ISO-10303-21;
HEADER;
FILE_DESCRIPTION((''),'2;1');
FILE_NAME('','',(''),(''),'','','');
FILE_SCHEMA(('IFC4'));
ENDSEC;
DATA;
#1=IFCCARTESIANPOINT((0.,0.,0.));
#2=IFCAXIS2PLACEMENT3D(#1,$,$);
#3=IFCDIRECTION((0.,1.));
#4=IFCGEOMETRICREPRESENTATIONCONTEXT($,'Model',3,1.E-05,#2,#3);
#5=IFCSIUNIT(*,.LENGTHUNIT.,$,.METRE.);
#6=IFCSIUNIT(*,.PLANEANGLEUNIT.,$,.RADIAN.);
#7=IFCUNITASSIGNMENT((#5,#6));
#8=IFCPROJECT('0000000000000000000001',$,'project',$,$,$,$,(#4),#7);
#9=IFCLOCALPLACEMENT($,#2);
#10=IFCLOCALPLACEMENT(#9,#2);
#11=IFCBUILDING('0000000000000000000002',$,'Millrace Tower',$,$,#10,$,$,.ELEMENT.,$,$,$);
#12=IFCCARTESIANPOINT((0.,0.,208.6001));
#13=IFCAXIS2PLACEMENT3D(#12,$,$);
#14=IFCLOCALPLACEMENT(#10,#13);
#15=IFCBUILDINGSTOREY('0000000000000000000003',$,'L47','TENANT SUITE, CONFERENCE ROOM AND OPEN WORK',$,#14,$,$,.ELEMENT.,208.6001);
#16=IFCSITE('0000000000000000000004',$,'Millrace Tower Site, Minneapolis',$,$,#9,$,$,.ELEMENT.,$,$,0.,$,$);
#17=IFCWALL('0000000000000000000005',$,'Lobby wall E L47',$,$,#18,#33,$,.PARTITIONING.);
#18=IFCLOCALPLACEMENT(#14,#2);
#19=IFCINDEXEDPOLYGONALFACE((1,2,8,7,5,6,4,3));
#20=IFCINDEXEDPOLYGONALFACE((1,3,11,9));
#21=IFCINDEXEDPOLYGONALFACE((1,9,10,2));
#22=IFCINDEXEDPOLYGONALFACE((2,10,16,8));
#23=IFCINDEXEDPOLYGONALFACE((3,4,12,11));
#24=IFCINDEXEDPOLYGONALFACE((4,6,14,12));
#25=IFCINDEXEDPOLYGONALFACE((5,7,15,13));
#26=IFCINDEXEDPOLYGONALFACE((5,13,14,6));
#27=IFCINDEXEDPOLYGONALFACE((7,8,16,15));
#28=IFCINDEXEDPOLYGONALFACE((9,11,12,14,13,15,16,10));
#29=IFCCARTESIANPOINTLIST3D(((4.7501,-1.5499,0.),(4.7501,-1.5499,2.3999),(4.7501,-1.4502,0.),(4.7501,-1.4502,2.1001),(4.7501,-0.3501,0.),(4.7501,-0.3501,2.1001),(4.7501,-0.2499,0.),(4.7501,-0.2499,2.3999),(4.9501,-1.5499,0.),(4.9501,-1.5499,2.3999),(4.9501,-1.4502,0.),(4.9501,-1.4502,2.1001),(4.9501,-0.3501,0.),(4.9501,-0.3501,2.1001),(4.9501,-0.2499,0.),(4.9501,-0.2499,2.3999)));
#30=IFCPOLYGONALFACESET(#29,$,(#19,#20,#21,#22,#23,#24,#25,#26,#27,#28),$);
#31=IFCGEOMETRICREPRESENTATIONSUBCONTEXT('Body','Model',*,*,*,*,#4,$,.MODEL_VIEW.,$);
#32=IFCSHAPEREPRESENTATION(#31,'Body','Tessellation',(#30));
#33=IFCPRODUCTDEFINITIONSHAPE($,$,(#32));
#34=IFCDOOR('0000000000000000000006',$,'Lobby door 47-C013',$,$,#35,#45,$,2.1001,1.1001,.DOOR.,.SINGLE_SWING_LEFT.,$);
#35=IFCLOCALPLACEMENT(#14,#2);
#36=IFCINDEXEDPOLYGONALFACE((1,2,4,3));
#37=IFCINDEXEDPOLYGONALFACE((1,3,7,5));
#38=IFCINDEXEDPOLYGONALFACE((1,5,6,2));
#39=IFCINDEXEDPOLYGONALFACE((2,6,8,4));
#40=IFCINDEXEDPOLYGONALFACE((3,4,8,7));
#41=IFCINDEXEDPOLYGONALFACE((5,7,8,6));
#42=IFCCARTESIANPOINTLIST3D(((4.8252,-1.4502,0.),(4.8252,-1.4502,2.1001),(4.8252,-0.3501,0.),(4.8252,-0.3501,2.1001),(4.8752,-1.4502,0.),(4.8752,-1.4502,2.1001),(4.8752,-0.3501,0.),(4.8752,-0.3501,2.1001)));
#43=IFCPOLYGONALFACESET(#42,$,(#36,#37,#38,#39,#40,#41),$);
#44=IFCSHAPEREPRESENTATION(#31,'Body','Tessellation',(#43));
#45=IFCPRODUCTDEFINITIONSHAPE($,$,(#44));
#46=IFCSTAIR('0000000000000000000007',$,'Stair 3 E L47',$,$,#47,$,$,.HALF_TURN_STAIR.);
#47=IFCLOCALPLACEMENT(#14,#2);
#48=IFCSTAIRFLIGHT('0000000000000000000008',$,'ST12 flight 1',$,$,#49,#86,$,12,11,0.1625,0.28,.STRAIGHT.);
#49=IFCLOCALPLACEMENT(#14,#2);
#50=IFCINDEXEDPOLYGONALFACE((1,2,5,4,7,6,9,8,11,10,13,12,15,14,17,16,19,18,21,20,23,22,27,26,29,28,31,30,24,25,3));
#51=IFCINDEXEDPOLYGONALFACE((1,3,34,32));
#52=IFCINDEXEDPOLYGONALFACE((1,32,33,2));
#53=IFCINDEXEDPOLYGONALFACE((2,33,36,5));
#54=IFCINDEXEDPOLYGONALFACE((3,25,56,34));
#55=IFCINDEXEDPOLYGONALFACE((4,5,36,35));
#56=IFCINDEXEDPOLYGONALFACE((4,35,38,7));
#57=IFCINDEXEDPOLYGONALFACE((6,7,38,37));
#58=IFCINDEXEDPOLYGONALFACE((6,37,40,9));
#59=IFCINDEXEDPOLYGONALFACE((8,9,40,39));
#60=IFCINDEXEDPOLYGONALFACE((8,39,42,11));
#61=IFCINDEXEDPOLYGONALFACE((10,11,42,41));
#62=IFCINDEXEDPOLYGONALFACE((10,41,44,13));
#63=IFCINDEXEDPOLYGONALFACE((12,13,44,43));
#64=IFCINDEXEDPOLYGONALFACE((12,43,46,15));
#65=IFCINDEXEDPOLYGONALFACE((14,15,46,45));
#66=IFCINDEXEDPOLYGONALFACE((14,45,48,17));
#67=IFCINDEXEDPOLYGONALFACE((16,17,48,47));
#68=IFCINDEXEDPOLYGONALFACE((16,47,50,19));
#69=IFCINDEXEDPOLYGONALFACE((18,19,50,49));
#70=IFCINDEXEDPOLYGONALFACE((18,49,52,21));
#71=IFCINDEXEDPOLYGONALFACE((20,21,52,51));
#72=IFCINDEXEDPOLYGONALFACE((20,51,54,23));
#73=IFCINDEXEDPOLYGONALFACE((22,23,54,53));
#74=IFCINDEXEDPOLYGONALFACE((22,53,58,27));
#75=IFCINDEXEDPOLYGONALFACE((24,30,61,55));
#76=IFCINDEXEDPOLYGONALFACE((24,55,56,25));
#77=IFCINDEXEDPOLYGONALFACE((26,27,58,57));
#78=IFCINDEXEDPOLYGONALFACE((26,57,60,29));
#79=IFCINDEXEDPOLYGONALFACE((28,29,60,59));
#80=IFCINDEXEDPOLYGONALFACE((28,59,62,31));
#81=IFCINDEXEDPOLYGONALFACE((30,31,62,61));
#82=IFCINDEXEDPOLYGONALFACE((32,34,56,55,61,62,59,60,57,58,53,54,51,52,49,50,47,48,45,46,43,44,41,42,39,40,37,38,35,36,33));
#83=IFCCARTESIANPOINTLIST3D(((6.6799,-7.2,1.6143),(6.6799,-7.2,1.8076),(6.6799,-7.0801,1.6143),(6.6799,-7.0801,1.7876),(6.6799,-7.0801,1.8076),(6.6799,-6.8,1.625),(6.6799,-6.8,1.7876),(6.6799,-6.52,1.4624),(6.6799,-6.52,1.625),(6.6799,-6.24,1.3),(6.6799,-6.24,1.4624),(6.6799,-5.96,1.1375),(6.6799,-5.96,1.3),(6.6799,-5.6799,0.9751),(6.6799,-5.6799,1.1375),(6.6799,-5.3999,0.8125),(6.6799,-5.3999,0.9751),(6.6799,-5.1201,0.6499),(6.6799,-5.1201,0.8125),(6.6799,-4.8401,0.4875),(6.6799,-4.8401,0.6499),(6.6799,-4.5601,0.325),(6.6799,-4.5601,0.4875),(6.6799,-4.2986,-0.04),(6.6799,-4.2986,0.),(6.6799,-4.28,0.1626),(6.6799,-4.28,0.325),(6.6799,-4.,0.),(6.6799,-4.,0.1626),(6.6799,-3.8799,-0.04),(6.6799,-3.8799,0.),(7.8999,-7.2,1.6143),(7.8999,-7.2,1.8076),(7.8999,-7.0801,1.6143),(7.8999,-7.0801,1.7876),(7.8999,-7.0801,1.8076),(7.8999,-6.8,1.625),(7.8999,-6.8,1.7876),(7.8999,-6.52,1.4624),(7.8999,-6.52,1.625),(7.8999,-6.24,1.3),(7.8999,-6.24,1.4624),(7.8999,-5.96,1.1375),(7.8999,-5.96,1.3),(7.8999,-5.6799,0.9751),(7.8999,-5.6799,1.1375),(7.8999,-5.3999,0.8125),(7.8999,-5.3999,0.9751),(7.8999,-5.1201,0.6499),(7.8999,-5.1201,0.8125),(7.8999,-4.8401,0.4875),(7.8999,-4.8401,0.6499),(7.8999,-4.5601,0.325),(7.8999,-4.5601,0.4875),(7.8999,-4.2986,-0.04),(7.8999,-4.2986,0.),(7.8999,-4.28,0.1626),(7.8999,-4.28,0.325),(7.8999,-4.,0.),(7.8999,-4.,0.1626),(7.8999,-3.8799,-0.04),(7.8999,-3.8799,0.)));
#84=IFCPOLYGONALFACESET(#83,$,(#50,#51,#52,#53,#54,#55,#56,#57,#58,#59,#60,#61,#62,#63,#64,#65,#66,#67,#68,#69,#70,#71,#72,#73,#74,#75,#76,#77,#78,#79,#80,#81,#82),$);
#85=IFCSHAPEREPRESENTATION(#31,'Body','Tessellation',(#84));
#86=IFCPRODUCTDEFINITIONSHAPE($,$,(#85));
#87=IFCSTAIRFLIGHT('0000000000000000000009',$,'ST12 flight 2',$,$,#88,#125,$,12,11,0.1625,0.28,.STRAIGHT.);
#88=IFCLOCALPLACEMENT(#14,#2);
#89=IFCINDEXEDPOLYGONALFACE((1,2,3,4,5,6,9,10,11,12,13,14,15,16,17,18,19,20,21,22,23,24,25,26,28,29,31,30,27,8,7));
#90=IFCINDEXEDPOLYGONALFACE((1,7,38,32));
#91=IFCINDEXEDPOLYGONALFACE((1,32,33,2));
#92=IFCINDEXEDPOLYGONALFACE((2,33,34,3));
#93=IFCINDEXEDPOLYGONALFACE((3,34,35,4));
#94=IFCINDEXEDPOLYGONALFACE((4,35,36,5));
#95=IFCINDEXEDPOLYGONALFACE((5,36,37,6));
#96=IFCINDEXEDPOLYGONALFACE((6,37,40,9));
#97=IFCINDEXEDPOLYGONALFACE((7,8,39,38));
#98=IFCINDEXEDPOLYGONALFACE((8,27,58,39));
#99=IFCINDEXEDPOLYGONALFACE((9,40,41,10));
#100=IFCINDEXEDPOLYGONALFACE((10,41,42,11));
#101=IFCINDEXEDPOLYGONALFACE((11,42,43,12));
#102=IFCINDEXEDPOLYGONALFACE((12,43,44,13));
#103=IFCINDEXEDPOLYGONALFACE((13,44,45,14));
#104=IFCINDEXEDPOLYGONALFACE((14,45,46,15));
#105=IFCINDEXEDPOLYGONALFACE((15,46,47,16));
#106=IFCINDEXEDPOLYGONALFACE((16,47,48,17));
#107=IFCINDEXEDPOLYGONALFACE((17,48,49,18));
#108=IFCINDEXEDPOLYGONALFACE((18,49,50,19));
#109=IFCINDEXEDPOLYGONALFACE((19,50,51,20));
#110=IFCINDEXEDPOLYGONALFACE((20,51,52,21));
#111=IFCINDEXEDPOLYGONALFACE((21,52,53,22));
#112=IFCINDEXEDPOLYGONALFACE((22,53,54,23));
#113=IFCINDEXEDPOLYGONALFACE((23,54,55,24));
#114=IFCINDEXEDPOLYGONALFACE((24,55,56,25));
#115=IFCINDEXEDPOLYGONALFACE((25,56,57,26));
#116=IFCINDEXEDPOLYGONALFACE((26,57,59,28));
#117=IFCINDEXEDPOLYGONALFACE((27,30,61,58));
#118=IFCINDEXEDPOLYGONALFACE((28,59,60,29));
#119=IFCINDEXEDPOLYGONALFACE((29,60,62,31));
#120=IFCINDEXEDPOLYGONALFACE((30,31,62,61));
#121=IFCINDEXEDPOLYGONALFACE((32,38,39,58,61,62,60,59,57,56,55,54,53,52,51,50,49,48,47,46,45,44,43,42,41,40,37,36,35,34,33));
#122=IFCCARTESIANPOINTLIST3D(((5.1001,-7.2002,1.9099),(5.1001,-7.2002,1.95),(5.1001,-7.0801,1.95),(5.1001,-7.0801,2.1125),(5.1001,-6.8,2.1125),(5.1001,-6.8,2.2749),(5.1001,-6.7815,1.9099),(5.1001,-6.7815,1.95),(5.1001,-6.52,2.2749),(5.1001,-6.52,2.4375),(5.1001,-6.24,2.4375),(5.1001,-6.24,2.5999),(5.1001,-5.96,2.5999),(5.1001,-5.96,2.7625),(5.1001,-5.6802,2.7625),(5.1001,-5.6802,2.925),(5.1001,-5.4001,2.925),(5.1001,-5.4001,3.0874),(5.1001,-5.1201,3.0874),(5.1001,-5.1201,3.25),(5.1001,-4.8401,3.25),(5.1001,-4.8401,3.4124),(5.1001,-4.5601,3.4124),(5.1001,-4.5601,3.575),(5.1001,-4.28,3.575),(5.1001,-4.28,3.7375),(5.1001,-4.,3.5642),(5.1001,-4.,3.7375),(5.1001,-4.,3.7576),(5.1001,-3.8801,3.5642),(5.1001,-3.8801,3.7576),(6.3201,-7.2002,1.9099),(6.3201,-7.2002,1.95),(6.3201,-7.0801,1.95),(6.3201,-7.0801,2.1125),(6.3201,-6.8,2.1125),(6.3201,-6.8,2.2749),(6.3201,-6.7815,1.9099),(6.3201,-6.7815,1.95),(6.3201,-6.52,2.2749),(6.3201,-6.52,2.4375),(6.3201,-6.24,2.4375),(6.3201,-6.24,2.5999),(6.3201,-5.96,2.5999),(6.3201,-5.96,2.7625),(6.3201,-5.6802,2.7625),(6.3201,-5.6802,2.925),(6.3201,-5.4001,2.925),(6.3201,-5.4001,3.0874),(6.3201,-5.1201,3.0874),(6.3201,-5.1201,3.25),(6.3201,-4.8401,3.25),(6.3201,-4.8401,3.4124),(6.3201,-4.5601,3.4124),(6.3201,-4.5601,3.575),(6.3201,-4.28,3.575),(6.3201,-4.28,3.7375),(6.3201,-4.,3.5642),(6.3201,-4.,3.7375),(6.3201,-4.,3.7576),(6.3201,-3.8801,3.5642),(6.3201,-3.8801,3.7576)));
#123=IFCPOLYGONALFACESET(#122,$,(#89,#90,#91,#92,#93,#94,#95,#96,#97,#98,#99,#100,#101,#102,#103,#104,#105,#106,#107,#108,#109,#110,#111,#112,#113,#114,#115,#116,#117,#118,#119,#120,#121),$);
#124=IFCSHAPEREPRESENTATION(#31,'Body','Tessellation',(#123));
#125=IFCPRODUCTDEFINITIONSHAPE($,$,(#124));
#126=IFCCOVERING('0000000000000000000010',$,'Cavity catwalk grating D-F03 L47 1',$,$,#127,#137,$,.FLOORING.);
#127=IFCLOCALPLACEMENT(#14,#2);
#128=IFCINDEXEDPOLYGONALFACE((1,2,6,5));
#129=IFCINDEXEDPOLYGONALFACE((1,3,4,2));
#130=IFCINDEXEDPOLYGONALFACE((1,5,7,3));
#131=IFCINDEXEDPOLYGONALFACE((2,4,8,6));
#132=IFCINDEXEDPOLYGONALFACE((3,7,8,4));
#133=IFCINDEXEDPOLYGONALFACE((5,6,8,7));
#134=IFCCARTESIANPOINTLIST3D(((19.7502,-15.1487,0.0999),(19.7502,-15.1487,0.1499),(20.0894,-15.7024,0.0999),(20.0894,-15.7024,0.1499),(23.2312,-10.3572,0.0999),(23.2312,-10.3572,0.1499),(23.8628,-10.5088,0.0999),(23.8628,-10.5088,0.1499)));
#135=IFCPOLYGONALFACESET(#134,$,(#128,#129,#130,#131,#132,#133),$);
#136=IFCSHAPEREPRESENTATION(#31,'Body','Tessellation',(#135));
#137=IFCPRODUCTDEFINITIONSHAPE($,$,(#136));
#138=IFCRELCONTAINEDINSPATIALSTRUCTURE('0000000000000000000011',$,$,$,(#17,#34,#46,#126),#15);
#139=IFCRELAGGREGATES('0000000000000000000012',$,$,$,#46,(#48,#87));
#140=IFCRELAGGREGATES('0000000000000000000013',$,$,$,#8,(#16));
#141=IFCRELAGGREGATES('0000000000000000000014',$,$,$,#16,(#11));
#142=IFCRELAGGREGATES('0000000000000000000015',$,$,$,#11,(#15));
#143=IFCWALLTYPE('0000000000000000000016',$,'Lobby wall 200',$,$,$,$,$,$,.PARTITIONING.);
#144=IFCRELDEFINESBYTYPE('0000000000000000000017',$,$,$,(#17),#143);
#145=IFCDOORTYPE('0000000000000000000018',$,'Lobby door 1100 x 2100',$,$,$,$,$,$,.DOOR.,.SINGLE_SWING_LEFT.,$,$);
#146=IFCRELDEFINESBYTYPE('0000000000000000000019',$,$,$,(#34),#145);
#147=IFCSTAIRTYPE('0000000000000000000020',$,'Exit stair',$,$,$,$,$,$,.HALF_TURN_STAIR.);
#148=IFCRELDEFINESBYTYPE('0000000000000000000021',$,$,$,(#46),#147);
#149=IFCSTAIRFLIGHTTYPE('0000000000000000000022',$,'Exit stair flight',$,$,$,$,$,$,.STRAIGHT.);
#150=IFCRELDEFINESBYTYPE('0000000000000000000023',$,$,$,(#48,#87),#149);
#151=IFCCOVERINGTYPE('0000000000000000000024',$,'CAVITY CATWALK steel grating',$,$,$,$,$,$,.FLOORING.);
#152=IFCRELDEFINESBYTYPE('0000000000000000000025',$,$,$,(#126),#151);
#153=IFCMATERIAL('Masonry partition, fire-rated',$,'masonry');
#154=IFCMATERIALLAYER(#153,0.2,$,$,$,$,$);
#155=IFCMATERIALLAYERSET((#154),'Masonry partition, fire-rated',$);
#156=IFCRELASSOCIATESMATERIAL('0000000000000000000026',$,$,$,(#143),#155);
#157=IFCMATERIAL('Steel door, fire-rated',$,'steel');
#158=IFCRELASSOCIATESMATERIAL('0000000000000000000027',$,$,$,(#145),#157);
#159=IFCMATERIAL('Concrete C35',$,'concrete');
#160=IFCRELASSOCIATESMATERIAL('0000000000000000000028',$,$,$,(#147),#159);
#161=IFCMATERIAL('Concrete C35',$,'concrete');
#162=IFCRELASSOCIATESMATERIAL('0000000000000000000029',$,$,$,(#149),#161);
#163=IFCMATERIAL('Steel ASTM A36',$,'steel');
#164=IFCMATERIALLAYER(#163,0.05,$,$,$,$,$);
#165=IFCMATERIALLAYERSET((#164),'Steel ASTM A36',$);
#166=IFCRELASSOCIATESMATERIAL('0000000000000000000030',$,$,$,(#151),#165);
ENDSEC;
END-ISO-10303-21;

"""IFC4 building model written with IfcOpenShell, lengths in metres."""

from ifc_helpers import new_model, si_unit, direction, frame, frame_2d, origin, place, context, subcontext, project, spatial, polyline, rectangle, outline, extrude, material, layer, layer_set, type_object, element, fill, aggregate, save


model = new_model("IFC4")

# Units and contexts
model_context = context("Model", 3, precision=1e-05, world=origin(), true_north=direction((0.0, 1.0)))
body_context = subcontext(model_context, "Body", "Model", "MODEL_VIEW")
ifc_project = project(units=[si_unit("LENGTHUNIT", "METRE"), si_unit("PLANEANGLEUNIT", "RADIAN")], contexts=[model_context])

# Site, building, storey
site_placement = place(None, origin())
site = spatial("IfcSite", under=ifc_project, at=site_placement, Name="Millrace Tower Site, Minneapolis", CompositionType="ELEMENT", RefElevation=0.0)
building_placement = place(site_placement, origin())
building = spatial("IfcBuilding", under=site, at=building_placement, Name="Millrace Tower", CompositionType="ELEMENT")
storey_placement = place(building_placement, frame((0.0, 0.0, 208.6001)))
storey = spatial("IfcBuildingStorey", under=building, at=storey_placement, Name="L47", Description="TENANT SUITE, CONFERENCE ROOM AND OPEN WORK", CompositionType="ELEMENT", Elevation=208.6001)

# Shared definitions
placement_1 = place(storey_placement, origin())

# Wall, opening, door
ifc_material_1 = material(Name="Masonry partition, fire-rated", Category="masonry")
ifc_layer_1 = layer(ifc_material_1, 0.2)
ifc_layer_set_1 = layer_set([ifc_layer_1], Name="Masonry partition, fire-rated")
wall_type_1 = type_object("IfcWallType", Name="Lobby wall 200", PredefinedType="PARTITIONING", material=ifc_layer_set_1)
wall_1_placement = place(storey_placement, frame((4.8501, -0.25, 0.0), z_axis=(0.0, 0.0, 1.0), x_axis=(0.0, -1.0, 0.0)))
wall_1 = element("IfcWall", 1, at=wall_1_placement, inside=storey, type_object=wall_type_1, Name="Lobby wall E L47", PredefinedType="PARTITIONING", context=body_context, shape_type="SweptSolid", body=[
    extrude(rectangle(XDim=1.3, YDim=0.2, at=frame_2d((0.6499, 0.0))), origin(), (0.0, 0.0, 1.0), 2.3999),
])
opening_placement = place(wall_1_placement, frame((0.1001, 0.0, 0.0)))
opening = element("IfcOpeningElement", 2, at=opening_placement, cuts=wall_1, PredefinedType="OPENING", context=body_context, shape_type="SweptSolid", body=[
    extrude(rectangle(XDim=1.1001, YDim=2.1001, at=frame_2d((0.55, 1.05))), frame((0.0, 0.1099, 0.0), z_axis=(0.0, -1.0, 0.0), x_axis=(1.0, 0.0, 0.0)), (0.0, 0.0, 1.0), 0.22),
])
ifc_material_2 = material(Name="Steel door, fire-rated", Category="steel")
door_type = type_object("IfcDoorType", Name="Lobby door 1100 x 2100", OperationType="SINGLE_SWING_LEFT", PredefinedType="DOOR", material=ifc_material_2)
door_placement = place(opening_placement, frame((1.1001, 0.0, 0.0), z_axis=(0.0, 0.0, 1.0), x_axis=(-1.0, 0.0, 0.0)))
door = element("IfcDoor", 3, at=door_placement, inside=storey, type_object=door_type, Name="Lobby door 47-C013", OperationType="SINGLE_SWING_LEFT", OverallHeight=2.1001, OverallWidth=1.1001, PredefinedType="DOOR", context=body_context, shape_type="SweptSolid", body=[
    extrude(rectangle(XDim=1.1001, YDim=2.1001, at=frame_2d((0.55, 1.05))), frame((0.0, 0.0249, 0.0), z_axis=(0.0, -1.0, 0.0), x_axis=(1.0, 0.0, 0.0)), (0.0, 0.0, 1.0), 0.05),
])
fill(opening, door)

# Stair, stair flights
ifc_material_3 = material(Name="Concrete C35", Category="concrete")
stair_type = type_object("IfcStairType", Name="Exit stair", PredefinedType="HALF_TURN_STAIR", material=ifc_material_3)
stair = element("IfcStair", 4, at=placement_1, inside=storey, type_object=stair_type, Name="Stair 3 E L47", PredefinedType="HALF_TURN_STAIR")
ifc_material_4 = material(Name="Concrete C35", Category="concrete")
stair_flight_type = type_object("IfcStairFlightType", Name="Exit stair flight", PredefinedType="STRAIGHT", material=ifc_material_4)
stair_flight_1_placement = place(storey_placement, frame((7.29, -4.0, 0.0), z_axis=(0.0, 0.0, 1.0), x_axis=(0.0, -1.0, 0.0)))
stair_flight_1 = element("IfcStairFlight", 5, at=stair_flight_1_placement, type_object=stair_flight_type, Name="ST12 flight 1", NumberOfRisers=12, NumberOfTreads=11, PredefinedType="STRAIGHT", RiserHeight=0.1625, TreadLength=0.28, context=body_context, shape_type="SweptSolid", body=[
    extrude(outline(polyline([(-0.1201, -0.04), (-0.1201, 0.0), (0.0, 0.0), (0.0, 0.1626), (0.28, 0.1626), (0.28, 0.325), (0.5601, 0.325), (0.5601, 0.4875), (0.8401, 0.4875), (0.8401, 0.6499), (1.1201, 0.6499), (1.1201, 0.8125), (1.3999, 0.8125), (1.3999, 0.9751), (1.6799, 0.9751), (1.6799, 1.1375), (1.96, 1.1375), (1.96, 1.3), (2.24, 1.3), (2.24, 1.4624), (2.52, 1.4624), (2.52, 1.625), (2.8, 1.625), (2.8, 1.7876), (3.0801, 1.7876), (3.0801, 1.8076), (3.2, 1.8076), (3.2, 1.6143), (3.0801, 1.6143), (0.2986, 0.0), (0.2986, -0.04), (-0.1201, -0.04)])), frame((0.0, 0.6099, 0.0), z_axis=(0.0, -1.0, 0.0), x_axis=(1.0, 0.0, 0.0)), (0.0, 0.0, 1.0), 1.22),
])
stair_flight_2_placement = place(storey_placement, frame((5.71, -7.0801, 1.95), z_axis=(0.0, 0.0, 1.0), x_axis=(0.0, 1.0, 0.0)))
stair_flight_2 = element("IfcStairFlight", 6, at=stair_flight_2_placement, type_object=stair_flight_type, Name="ST12 flight 2", NumberOfRisers=12, NumberOfTreads=11, PredefinedType="STRAIGHT", RiserHeight=0.1625, TreadLength=0.28, context=body_context, shape_type="SweptSolid", body=[
    extrude(outline(polyline([(-0.1201, -0.04), (-0.1201, 0.0), (0.0, 0.0), (0.0, 0.1626), (0.28, 0.1626), (0.28, 0.325), (0.5601, 0.325), (0.5601, 0.4875), (0.8401, 0.4875), (0.8401, 0.6499), (1.1201, 0.6499), (1.1201, 0.8125), (1.3999, 0.8125), (1.3999, 0.9751), (1.6799, 0.9751), (1.6799, 1.1375), (1.96, 1.1375), (1.96, 1.3), (2.24, 1.3), (2.24, 1.4624), (2.52, 1.4624), (2.52, 1.625), (2.8, 1.625), (2.8, 1.7876), (3.0801, 1.7876), (3.0801, 1.8076), (3.2, 1.8076), (3.2, 1.6143), (3.0801, 1.6143), (0.2986, 0.0), (0.2986, -0.04), (-0.1201, -0.04)])), frame((0.0, 0.6099, 0.0), z_axis=(0.0, -1.0, 0.0), x_axis=(1.0, 0.0, 0.0)), (0.0, 0.0, 1.0), 1.22),
])
aggregate(stair, [stair_flight_1, stair_flight_2])

# Covering
ifc_material_5 = material(Name="Steel ASTM A36", Category="steel")
ifc_layer_2 = layer(ifc_material_5, 0.05)
ifc_layer_set_2 = layer_set([ifc_layer_2], Name="Steel ASTM A36")
covering_type = type_object("IfcCoveringType", Name="CAVITY CATWALK steel grating", PredefinedType="FLOORING", material=ifc_layer_set_2)
covering_placement = place(storey_placement, frame((0.0, 0.0, 0.0999)))
element("IfcCovering", 7, at=covering_placement, inside=storey, type_object=covering_type, Name="Cavity catwalk grating D-F03 L47 1", PredefinedType="FLOORING", context=body_context, shape_type="SweptSolid", body=[
    extrude(outline(polyline([(20.0894, -15.7024), (23.8628, -10.5088), (23.2312, -10.3572), (19.7502, -15.1487), (20.0894, -15.7024)])), origin(), (0.0, 0.0, 1.0), 0.05),
])

save(model, "model.ifc")
